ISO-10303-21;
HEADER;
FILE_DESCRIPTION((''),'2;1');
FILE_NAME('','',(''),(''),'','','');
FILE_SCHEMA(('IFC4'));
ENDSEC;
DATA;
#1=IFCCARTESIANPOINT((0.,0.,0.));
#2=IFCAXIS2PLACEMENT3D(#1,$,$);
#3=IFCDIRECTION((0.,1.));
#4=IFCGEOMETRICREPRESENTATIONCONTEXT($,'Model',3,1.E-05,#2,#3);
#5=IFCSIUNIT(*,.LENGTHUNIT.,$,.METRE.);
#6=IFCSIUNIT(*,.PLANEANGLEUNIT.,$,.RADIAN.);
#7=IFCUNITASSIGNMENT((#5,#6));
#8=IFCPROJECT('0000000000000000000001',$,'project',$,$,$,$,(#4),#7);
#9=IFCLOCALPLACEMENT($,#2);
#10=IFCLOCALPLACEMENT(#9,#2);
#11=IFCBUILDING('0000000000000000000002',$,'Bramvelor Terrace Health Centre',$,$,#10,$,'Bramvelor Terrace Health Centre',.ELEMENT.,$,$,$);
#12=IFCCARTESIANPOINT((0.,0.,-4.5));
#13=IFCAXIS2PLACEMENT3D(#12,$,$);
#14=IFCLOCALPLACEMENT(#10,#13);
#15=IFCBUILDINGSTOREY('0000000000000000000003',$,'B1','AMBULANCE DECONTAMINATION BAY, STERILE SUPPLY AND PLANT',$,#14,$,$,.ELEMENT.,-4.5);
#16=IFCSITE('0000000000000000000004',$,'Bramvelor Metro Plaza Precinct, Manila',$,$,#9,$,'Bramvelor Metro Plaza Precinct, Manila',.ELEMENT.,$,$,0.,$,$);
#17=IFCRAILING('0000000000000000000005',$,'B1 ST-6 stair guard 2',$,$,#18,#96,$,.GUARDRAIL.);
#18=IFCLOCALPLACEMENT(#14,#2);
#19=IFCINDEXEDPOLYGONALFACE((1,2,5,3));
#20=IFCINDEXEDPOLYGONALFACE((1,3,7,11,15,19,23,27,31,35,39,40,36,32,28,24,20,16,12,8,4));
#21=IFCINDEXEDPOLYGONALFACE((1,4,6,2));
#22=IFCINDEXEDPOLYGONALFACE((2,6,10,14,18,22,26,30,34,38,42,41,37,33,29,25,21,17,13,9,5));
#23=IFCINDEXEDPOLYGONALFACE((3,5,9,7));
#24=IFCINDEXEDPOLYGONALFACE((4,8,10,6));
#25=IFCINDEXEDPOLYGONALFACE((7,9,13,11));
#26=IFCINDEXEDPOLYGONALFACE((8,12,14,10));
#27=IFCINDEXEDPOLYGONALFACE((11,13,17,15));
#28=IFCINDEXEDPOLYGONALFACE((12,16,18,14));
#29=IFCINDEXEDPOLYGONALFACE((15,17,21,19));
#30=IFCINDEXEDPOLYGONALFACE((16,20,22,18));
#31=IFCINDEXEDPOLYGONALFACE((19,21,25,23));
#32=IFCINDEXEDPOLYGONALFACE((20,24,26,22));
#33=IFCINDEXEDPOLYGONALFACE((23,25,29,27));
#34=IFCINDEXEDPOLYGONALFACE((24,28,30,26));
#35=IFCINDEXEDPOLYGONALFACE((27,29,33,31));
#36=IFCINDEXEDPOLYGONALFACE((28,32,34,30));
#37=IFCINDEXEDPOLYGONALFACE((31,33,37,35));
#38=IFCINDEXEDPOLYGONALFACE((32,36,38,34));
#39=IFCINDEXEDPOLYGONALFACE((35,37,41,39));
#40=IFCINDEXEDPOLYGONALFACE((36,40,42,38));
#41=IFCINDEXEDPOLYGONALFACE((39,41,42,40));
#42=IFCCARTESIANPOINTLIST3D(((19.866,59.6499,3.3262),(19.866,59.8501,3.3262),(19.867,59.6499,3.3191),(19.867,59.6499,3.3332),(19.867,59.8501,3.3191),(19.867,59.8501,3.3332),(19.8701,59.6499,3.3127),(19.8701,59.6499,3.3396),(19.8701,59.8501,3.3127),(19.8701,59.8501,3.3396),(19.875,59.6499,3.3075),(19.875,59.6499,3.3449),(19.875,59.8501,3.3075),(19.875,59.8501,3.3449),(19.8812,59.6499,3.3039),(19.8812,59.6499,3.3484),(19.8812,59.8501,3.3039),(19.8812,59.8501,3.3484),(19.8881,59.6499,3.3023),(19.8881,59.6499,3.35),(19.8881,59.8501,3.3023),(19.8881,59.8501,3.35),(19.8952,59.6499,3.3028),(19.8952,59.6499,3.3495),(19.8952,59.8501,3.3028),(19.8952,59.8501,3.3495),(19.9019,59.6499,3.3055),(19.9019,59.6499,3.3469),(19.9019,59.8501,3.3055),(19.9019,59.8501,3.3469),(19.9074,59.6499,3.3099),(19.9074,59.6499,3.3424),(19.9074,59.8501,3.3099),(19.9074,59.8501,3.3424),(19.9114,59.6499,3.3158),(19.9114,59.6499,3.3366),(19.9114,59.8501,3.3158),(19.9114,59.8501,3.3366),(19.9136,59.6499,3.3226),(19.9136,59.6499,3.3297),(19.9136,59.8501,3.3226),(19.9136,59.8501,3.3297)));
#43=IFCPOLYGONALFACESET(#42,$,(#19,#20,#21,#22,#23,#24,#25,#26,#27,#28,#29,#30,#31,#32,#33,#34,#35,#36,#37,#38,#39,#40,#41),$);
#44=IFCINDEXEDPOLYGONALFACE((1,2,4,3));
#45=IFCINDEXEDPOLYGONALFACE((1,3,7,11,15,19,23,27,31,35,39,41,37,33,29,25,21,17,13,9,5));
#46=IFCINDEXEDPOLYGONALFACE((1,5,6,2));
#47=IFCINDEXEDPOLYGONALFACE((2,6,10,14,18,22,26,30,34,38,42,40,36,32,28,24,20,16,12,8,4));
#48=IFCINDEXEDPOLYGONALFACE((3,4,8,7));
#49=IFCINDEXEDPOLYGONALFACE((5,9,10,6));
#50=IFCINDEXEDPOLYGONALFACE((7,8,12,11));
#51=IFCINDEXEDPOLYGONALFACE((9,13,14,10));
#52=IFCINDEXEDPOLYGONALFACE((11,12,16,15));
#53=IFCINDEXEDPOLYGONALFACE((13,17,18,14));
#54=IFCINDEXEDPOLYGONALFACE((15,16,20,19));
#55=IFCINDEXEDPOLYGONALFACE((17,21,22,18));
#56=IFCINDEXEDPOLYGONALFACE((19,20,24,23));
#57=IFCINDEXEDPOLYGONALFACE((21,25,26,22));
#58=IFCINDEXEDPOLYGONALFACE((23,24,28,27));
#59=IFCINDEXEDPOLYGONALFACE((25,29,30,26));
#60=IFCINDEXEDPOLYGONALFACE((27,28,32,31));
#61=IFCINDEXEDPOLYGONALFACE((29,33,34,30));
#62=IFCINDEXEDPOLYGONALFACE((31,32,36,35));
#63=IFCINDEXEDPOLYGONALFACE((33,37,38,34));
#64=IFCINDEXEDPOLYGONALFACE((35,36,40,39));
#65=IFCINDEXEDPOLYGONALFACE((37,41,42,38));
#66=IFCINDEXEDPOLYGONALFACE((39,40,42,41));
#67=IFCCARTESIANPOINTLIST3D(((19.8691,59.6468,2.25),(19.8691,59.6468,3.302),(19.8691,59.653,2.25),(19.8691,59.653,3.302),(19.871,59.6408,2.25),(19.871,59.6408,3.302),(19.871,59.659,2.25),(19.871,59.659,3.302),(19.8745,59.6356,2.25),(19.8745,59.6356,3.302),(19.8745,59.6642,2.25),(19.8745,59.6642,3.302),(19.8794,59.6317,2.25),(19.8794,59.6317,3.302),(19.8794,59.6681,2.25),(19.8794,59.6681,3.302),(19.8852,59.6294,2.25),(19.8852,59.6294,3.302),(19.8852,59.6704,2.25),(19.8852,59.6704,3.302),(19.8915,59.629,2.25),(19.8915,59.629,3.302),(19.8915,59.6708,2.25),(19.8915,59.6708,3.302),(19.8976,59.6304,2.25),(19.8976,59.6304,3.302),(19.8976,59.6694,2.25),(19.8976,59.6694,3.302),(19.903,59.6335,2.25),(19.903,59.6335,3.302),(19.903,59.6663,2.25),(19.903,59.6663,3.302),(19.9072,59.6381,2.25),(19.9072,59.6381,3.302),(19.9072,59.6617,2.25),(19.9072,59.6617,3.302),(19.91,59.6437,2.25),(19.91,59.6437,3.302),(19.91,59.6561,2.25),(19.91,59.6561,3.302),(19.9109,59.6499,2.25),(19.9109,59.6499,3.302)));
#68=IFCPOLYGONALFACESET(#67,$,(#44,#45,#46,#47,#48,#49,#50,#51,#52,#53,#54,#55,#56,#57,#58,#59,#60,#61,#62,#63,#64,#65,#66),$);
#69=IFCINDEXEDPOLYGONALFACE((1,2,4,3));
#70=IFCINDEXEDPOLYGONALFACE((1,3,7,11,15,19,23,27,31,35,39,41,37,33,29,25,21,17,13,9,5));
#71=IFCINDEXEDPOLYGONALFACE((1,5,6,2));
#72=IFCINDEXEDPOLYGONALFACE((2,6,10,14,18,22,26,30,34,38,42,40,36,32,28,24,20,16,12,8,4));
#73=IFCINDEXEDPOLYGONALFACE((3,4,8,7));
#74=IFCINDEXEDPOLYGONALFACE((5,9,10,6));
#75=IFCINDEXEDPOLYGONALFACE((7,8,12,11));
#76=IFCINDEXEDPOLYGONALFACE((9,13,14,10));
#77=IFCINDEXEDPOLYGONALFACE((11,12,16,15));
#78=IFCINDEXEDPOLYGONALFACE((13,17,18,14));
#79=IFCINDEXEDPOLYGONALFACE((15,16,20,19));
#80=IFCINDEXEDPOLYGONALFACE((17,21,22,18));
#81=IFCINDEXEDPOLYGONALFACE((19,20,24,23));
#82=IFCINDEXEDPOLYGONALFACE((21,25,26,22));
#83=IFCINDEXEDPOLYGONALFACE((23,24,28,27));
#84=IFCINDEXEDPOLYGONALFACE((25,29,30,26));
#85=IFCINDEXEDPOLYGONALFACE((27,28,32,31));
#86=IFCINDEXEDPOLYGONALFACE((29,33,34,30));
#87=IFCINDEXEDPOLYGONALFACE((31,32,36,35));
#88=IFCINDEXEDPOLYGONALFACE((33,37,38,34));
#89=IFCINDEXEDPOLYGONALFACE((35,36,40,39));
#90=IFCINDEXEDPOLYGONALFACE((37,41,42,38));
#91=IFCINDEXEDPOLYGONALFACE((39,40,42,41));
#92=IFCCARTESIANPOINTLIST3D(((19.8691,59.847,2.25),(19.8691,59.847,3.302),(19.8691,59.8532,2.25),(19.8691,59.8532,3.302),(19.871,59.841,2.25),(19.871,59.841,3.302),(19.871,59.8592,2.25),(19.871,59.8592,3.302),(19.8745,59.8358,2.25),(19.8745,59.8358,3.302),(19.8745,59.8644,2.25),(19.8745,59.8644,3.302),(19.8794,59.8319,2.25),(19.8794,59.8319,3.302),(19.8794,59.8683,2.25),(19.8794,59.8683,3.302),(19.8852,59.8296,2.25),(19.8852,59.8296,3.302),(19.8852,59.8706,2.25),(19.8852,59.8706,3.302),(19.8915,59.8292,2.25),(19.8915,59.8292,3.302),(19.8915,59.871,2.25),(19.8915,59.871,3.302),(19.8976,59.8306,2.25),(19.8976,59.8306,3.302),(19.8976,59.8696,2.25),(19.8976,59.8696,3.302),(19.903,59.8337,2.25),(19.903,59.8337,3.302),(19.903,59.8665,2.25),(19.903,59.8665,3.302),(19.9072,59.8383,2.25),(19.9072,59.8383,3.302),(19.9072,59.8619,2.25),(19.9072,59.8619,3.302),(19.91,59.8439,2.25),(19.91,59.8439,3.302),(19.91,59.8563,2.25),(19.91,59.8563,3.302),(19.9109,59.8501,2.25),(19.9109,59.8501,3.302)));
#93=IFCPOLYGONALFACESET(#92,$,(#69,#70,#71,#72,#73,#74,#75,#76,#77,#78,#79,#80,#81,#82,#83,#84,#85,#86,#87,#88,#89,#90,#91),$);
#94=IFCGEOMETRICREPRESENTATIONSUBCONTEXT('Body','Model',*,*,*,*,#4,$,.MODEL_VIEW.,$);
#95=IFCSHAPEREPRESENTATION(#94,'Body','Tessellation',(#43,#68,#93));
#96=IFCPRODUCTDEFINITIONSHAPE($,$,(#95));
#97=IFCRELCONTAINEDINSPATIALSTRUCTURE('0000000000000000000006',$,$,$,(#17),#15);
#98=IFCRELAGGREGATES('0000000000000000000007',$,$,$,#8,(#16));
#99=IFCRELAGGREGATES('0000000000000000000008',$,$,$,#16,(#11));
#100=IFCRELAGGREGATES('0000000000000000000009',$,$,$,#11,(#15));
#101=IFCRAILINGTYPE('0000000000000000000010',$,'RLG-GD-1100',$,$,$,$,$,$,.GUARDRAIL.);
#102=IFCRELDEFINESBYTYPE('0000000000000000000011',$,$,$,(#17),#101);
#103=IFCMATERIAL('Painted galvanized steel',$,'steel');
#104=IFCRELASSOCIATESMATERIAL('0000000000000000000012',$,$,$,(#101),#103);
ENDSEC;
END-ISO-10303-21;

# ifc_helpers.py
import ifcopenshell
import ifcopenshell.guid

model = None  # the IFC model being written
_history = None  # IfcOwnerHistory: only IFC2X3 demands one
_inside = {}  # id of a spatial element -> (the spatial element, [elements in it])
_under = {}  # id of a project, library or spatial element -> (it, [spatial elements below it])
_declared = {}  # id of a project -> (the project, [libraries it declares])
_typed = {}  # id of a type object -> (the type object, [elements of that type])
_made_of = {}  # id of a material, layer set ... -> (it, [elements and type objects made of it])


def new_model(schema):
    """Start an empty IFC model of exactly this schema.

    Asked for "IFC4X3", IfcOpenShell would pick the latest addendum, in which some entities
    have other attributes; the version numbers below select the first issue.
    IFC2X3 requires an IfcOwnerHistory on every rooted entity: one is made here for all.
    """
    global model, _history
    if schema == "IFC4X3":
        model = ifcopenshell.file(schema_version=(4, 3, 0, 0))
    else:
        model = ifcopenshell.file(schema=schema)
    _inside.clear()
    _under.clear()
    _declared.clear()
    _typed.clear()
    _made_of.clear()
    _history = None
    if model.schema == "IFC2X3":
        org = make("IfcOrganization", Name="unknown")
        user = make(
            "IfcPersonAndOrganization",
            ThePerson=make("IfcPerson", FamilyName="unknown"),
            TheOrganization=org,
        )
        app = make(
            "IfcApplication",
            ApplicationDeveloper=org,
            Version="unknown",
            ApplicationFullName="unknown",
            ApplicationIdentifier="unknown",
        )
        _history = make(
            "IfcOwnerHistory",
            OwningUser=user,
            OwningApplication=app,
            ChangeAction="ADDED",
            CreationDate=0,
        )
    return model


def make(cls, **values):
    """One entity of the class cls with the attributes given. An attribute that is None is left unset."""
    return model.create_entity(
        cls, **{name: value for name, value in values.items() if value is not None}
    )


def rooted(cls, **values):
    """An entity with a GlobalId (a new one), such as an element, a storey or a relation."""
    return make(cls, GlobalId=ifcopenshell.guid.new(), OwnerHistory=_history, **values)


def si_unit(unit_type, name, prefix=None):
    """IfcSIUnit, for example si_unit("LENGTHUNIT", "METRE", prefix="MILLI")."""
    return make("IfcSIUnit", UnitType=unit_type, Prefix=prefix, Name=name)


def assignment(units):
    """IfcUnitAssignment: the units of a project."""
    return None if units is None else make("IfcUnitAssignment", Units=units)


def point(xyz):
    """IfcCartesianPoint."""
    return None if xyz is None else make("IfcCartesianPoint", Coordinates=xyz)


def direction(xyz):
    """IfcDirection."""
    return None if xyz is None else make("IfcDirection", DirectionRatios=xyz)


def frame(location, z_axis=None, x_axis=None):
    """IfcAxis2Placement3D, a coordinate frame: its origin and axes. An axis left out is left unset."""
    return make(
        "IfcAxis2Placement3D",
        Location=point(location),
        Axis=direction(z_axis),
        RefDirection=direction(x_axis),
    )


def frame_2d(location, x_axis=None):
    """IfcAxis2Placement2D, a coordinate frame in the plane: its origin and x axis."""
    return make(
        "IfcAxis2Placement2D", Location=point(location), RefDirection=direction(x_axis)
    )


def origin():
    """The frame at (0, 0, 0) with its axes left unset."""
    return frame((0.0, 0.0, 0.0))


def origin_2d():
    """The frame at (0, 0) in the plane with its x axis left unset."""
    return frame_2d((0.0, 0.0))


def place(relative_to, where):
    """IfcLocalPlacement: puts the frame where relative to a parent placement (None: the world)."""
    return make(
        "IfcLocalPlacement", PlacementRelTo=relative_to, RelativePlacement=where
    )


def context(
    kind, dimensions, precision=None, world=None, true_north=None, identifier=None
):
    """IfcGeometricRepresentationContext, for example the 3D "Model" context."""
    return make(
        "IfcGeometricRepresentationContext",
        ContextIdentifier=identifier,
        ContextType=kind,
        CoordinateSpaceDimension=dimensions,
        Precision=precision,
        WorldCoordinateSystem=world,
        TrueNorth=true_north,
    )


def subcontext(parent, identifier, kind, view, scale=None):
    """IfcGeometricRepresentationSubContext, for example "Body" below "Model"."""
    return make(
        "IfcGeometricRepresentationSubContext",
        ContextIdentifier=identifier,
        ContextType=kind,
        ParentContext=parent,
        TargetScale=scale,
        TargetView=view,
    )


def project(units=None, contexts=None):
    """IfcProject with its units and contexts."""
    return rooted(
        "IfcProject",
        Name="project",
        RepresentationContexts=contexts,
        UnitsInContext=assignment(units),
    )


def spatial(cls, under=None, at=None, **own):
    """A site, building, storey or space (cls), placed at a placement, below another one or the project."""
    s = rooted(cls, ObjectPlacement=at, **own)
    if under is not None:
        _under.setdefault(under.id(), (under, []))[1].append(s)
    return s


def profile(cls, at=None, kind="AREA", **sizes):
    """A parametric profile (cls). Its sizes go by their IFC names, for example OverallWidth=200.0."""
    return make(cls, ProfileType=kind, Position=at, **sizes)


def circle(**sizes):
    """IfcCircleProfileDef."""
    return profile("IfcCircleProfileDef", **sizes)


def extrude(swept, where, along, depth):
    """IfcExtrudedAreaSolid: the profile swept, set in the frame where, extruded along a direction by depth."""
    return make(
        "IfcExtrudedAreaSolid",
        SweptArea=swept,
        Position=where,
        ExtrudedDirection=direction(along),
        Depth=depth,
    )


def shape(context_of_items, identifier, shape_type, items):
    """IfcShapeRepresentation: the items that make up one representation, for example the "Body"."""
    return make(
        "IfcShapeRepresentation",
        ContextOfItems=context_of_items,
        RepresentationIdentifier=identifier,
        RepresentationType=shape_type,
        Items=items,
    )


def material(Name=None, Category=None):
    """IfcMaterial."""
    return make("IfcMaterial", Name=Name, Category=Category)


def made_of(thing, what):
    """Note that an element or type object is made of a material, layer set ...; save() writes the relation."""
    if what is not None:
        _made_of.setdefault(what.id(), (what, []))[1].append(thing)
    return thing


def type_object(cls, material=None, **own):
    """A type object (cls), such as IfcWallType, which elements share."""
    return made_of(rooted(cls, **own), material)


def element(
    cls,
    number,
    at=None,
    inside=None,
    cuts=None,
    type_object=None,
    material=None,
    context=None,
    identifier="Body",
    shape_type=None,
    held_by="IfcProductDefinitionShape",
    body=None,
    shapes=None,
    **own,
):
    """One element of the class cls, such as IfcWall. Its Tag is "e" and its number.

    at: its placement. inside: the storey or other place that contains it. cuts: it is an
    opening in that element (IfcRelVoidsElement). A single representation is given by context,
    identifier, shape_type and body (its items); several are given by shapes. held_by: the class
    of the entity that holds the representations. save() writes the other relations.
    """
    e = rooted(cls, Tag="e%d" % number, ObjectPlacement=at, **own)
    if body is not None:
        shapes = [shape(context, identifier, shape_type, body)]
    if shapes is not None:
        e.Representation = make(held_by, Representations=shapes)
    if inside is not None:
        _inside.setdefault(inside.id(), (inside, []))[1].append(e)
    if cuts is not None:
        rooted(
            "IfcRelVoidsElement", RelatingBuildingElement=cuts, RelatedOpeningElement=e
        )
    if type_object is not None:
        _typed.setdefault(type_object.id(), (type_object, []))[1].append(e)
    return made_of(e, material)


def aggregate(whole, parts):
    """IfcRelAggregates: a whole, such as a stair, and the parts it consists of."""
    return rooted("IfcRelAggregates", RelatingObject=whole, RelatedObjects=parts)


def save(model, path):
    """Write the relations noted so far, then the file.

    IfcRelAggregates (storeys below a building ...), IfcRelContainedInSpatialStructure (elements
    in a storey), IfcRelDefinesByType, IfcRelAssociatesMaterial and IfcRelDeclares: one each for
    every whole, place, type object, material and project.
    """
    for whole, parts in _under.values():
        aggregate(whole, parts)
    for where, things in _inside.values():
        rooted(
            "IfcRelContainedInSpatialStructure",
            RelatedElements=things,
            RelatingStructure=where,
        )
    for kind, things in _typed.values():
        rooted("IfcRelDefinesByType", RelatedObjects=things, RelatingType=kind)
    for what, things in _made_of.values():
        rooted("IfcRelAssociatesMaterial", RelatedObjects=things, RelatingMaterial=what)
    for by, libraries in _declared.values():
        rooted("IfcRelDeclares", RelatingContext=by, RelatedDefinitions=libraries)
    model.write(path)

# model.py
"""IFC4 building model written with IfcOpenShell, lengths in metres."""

from ifc_helpers import new_model, si_unit, direction, frame, origin, origin_2d, place, context, subcontext, project, spatial, circle, extrude, material, type_object, element, save


model = new_model("IFC4")

# Units and contexts
model_context = context("Model", 3, precision=1e-05, world=origin(), true_north=direction((0.0, 1.0)))
body_context = subcontext(model_context, "Body", "Model", "MODEL_VIEW")
ifc_project = project(units=[si_unit("LENGTHUNIT", "METRE"), si_unit("PLANEANGLEUNIT", "RADIAN")], contexts=[model_context])

# Site, building, storey
site_placement = place(None, origin())
site = spatial("IfcSite", under=ifc_project, at=site_placement, Name="Bramvelor Metro Plaza Precinct, Manila", LongName="Bramvelor Metro Plaza Precinct, Manila", CompositionType="ELEMENT", RefElevation=0.0)
building_placement = place(site_placement, origin())
building = spatial("IfcBuilding", under=site, at=building_placement, Name="Bramvelor Terrace Health Centre", LongName="Bramvelor Terrace Health Centre", CompositionType="ELEMENT")
storey_placement = place(building_placement, frame((0.0, 0.0, -4.5)))
storey = spatial("IfcBuildingStorey", under=building, at=storey_placement, Name="B1", Description="AMBULANCE DECONTAMINATION BAY, STERILE SUPPLY AND PLANT", CompositionType="ELEMENT", Elevation=-4.5)

# Railing
ifc_material_1 = material(Name="Painted galvanized steel", Category="steel")
railing_type_1 = type_object("IfcRailingType", Name="RLG-GD-1100", PredefinedType="GUARDRAIL", material=ifc_material_1)
railing_1_placement = place(storey_placement, frame((19.8899, 59.6499, 2.25)))
element("IfcRailing", 1, at=railing_1_placement, inside=storey, type_object=railing_type_1, Name="B1 ST-6 stair guard 2", PredefinedType="GUARDRAIL", context=body_context, shape_type="SweptSolid", body=[
    extrude(circle(Radius=0.0239, at=origin_2d()), frame((0.0, 0.0, 1.0762), z_axis=(0.0, 1.0, 0.0), x_axis=(-1.0, 0.0, 0.0)), (0.0, 0.0, 1.0), 0.2002),
    extrude(circle(Radius=0.021, at=origin_2d()), origin(), (0.0, 0.0, 1.0), 1.052),
    extrude(circle(Radius=0.021, at=origin_2d()), frame((0.0, 0.2002, 0.0)), (0.0, 0.0, 1.0), 1.052),
])

save(model, "model.ifc")
